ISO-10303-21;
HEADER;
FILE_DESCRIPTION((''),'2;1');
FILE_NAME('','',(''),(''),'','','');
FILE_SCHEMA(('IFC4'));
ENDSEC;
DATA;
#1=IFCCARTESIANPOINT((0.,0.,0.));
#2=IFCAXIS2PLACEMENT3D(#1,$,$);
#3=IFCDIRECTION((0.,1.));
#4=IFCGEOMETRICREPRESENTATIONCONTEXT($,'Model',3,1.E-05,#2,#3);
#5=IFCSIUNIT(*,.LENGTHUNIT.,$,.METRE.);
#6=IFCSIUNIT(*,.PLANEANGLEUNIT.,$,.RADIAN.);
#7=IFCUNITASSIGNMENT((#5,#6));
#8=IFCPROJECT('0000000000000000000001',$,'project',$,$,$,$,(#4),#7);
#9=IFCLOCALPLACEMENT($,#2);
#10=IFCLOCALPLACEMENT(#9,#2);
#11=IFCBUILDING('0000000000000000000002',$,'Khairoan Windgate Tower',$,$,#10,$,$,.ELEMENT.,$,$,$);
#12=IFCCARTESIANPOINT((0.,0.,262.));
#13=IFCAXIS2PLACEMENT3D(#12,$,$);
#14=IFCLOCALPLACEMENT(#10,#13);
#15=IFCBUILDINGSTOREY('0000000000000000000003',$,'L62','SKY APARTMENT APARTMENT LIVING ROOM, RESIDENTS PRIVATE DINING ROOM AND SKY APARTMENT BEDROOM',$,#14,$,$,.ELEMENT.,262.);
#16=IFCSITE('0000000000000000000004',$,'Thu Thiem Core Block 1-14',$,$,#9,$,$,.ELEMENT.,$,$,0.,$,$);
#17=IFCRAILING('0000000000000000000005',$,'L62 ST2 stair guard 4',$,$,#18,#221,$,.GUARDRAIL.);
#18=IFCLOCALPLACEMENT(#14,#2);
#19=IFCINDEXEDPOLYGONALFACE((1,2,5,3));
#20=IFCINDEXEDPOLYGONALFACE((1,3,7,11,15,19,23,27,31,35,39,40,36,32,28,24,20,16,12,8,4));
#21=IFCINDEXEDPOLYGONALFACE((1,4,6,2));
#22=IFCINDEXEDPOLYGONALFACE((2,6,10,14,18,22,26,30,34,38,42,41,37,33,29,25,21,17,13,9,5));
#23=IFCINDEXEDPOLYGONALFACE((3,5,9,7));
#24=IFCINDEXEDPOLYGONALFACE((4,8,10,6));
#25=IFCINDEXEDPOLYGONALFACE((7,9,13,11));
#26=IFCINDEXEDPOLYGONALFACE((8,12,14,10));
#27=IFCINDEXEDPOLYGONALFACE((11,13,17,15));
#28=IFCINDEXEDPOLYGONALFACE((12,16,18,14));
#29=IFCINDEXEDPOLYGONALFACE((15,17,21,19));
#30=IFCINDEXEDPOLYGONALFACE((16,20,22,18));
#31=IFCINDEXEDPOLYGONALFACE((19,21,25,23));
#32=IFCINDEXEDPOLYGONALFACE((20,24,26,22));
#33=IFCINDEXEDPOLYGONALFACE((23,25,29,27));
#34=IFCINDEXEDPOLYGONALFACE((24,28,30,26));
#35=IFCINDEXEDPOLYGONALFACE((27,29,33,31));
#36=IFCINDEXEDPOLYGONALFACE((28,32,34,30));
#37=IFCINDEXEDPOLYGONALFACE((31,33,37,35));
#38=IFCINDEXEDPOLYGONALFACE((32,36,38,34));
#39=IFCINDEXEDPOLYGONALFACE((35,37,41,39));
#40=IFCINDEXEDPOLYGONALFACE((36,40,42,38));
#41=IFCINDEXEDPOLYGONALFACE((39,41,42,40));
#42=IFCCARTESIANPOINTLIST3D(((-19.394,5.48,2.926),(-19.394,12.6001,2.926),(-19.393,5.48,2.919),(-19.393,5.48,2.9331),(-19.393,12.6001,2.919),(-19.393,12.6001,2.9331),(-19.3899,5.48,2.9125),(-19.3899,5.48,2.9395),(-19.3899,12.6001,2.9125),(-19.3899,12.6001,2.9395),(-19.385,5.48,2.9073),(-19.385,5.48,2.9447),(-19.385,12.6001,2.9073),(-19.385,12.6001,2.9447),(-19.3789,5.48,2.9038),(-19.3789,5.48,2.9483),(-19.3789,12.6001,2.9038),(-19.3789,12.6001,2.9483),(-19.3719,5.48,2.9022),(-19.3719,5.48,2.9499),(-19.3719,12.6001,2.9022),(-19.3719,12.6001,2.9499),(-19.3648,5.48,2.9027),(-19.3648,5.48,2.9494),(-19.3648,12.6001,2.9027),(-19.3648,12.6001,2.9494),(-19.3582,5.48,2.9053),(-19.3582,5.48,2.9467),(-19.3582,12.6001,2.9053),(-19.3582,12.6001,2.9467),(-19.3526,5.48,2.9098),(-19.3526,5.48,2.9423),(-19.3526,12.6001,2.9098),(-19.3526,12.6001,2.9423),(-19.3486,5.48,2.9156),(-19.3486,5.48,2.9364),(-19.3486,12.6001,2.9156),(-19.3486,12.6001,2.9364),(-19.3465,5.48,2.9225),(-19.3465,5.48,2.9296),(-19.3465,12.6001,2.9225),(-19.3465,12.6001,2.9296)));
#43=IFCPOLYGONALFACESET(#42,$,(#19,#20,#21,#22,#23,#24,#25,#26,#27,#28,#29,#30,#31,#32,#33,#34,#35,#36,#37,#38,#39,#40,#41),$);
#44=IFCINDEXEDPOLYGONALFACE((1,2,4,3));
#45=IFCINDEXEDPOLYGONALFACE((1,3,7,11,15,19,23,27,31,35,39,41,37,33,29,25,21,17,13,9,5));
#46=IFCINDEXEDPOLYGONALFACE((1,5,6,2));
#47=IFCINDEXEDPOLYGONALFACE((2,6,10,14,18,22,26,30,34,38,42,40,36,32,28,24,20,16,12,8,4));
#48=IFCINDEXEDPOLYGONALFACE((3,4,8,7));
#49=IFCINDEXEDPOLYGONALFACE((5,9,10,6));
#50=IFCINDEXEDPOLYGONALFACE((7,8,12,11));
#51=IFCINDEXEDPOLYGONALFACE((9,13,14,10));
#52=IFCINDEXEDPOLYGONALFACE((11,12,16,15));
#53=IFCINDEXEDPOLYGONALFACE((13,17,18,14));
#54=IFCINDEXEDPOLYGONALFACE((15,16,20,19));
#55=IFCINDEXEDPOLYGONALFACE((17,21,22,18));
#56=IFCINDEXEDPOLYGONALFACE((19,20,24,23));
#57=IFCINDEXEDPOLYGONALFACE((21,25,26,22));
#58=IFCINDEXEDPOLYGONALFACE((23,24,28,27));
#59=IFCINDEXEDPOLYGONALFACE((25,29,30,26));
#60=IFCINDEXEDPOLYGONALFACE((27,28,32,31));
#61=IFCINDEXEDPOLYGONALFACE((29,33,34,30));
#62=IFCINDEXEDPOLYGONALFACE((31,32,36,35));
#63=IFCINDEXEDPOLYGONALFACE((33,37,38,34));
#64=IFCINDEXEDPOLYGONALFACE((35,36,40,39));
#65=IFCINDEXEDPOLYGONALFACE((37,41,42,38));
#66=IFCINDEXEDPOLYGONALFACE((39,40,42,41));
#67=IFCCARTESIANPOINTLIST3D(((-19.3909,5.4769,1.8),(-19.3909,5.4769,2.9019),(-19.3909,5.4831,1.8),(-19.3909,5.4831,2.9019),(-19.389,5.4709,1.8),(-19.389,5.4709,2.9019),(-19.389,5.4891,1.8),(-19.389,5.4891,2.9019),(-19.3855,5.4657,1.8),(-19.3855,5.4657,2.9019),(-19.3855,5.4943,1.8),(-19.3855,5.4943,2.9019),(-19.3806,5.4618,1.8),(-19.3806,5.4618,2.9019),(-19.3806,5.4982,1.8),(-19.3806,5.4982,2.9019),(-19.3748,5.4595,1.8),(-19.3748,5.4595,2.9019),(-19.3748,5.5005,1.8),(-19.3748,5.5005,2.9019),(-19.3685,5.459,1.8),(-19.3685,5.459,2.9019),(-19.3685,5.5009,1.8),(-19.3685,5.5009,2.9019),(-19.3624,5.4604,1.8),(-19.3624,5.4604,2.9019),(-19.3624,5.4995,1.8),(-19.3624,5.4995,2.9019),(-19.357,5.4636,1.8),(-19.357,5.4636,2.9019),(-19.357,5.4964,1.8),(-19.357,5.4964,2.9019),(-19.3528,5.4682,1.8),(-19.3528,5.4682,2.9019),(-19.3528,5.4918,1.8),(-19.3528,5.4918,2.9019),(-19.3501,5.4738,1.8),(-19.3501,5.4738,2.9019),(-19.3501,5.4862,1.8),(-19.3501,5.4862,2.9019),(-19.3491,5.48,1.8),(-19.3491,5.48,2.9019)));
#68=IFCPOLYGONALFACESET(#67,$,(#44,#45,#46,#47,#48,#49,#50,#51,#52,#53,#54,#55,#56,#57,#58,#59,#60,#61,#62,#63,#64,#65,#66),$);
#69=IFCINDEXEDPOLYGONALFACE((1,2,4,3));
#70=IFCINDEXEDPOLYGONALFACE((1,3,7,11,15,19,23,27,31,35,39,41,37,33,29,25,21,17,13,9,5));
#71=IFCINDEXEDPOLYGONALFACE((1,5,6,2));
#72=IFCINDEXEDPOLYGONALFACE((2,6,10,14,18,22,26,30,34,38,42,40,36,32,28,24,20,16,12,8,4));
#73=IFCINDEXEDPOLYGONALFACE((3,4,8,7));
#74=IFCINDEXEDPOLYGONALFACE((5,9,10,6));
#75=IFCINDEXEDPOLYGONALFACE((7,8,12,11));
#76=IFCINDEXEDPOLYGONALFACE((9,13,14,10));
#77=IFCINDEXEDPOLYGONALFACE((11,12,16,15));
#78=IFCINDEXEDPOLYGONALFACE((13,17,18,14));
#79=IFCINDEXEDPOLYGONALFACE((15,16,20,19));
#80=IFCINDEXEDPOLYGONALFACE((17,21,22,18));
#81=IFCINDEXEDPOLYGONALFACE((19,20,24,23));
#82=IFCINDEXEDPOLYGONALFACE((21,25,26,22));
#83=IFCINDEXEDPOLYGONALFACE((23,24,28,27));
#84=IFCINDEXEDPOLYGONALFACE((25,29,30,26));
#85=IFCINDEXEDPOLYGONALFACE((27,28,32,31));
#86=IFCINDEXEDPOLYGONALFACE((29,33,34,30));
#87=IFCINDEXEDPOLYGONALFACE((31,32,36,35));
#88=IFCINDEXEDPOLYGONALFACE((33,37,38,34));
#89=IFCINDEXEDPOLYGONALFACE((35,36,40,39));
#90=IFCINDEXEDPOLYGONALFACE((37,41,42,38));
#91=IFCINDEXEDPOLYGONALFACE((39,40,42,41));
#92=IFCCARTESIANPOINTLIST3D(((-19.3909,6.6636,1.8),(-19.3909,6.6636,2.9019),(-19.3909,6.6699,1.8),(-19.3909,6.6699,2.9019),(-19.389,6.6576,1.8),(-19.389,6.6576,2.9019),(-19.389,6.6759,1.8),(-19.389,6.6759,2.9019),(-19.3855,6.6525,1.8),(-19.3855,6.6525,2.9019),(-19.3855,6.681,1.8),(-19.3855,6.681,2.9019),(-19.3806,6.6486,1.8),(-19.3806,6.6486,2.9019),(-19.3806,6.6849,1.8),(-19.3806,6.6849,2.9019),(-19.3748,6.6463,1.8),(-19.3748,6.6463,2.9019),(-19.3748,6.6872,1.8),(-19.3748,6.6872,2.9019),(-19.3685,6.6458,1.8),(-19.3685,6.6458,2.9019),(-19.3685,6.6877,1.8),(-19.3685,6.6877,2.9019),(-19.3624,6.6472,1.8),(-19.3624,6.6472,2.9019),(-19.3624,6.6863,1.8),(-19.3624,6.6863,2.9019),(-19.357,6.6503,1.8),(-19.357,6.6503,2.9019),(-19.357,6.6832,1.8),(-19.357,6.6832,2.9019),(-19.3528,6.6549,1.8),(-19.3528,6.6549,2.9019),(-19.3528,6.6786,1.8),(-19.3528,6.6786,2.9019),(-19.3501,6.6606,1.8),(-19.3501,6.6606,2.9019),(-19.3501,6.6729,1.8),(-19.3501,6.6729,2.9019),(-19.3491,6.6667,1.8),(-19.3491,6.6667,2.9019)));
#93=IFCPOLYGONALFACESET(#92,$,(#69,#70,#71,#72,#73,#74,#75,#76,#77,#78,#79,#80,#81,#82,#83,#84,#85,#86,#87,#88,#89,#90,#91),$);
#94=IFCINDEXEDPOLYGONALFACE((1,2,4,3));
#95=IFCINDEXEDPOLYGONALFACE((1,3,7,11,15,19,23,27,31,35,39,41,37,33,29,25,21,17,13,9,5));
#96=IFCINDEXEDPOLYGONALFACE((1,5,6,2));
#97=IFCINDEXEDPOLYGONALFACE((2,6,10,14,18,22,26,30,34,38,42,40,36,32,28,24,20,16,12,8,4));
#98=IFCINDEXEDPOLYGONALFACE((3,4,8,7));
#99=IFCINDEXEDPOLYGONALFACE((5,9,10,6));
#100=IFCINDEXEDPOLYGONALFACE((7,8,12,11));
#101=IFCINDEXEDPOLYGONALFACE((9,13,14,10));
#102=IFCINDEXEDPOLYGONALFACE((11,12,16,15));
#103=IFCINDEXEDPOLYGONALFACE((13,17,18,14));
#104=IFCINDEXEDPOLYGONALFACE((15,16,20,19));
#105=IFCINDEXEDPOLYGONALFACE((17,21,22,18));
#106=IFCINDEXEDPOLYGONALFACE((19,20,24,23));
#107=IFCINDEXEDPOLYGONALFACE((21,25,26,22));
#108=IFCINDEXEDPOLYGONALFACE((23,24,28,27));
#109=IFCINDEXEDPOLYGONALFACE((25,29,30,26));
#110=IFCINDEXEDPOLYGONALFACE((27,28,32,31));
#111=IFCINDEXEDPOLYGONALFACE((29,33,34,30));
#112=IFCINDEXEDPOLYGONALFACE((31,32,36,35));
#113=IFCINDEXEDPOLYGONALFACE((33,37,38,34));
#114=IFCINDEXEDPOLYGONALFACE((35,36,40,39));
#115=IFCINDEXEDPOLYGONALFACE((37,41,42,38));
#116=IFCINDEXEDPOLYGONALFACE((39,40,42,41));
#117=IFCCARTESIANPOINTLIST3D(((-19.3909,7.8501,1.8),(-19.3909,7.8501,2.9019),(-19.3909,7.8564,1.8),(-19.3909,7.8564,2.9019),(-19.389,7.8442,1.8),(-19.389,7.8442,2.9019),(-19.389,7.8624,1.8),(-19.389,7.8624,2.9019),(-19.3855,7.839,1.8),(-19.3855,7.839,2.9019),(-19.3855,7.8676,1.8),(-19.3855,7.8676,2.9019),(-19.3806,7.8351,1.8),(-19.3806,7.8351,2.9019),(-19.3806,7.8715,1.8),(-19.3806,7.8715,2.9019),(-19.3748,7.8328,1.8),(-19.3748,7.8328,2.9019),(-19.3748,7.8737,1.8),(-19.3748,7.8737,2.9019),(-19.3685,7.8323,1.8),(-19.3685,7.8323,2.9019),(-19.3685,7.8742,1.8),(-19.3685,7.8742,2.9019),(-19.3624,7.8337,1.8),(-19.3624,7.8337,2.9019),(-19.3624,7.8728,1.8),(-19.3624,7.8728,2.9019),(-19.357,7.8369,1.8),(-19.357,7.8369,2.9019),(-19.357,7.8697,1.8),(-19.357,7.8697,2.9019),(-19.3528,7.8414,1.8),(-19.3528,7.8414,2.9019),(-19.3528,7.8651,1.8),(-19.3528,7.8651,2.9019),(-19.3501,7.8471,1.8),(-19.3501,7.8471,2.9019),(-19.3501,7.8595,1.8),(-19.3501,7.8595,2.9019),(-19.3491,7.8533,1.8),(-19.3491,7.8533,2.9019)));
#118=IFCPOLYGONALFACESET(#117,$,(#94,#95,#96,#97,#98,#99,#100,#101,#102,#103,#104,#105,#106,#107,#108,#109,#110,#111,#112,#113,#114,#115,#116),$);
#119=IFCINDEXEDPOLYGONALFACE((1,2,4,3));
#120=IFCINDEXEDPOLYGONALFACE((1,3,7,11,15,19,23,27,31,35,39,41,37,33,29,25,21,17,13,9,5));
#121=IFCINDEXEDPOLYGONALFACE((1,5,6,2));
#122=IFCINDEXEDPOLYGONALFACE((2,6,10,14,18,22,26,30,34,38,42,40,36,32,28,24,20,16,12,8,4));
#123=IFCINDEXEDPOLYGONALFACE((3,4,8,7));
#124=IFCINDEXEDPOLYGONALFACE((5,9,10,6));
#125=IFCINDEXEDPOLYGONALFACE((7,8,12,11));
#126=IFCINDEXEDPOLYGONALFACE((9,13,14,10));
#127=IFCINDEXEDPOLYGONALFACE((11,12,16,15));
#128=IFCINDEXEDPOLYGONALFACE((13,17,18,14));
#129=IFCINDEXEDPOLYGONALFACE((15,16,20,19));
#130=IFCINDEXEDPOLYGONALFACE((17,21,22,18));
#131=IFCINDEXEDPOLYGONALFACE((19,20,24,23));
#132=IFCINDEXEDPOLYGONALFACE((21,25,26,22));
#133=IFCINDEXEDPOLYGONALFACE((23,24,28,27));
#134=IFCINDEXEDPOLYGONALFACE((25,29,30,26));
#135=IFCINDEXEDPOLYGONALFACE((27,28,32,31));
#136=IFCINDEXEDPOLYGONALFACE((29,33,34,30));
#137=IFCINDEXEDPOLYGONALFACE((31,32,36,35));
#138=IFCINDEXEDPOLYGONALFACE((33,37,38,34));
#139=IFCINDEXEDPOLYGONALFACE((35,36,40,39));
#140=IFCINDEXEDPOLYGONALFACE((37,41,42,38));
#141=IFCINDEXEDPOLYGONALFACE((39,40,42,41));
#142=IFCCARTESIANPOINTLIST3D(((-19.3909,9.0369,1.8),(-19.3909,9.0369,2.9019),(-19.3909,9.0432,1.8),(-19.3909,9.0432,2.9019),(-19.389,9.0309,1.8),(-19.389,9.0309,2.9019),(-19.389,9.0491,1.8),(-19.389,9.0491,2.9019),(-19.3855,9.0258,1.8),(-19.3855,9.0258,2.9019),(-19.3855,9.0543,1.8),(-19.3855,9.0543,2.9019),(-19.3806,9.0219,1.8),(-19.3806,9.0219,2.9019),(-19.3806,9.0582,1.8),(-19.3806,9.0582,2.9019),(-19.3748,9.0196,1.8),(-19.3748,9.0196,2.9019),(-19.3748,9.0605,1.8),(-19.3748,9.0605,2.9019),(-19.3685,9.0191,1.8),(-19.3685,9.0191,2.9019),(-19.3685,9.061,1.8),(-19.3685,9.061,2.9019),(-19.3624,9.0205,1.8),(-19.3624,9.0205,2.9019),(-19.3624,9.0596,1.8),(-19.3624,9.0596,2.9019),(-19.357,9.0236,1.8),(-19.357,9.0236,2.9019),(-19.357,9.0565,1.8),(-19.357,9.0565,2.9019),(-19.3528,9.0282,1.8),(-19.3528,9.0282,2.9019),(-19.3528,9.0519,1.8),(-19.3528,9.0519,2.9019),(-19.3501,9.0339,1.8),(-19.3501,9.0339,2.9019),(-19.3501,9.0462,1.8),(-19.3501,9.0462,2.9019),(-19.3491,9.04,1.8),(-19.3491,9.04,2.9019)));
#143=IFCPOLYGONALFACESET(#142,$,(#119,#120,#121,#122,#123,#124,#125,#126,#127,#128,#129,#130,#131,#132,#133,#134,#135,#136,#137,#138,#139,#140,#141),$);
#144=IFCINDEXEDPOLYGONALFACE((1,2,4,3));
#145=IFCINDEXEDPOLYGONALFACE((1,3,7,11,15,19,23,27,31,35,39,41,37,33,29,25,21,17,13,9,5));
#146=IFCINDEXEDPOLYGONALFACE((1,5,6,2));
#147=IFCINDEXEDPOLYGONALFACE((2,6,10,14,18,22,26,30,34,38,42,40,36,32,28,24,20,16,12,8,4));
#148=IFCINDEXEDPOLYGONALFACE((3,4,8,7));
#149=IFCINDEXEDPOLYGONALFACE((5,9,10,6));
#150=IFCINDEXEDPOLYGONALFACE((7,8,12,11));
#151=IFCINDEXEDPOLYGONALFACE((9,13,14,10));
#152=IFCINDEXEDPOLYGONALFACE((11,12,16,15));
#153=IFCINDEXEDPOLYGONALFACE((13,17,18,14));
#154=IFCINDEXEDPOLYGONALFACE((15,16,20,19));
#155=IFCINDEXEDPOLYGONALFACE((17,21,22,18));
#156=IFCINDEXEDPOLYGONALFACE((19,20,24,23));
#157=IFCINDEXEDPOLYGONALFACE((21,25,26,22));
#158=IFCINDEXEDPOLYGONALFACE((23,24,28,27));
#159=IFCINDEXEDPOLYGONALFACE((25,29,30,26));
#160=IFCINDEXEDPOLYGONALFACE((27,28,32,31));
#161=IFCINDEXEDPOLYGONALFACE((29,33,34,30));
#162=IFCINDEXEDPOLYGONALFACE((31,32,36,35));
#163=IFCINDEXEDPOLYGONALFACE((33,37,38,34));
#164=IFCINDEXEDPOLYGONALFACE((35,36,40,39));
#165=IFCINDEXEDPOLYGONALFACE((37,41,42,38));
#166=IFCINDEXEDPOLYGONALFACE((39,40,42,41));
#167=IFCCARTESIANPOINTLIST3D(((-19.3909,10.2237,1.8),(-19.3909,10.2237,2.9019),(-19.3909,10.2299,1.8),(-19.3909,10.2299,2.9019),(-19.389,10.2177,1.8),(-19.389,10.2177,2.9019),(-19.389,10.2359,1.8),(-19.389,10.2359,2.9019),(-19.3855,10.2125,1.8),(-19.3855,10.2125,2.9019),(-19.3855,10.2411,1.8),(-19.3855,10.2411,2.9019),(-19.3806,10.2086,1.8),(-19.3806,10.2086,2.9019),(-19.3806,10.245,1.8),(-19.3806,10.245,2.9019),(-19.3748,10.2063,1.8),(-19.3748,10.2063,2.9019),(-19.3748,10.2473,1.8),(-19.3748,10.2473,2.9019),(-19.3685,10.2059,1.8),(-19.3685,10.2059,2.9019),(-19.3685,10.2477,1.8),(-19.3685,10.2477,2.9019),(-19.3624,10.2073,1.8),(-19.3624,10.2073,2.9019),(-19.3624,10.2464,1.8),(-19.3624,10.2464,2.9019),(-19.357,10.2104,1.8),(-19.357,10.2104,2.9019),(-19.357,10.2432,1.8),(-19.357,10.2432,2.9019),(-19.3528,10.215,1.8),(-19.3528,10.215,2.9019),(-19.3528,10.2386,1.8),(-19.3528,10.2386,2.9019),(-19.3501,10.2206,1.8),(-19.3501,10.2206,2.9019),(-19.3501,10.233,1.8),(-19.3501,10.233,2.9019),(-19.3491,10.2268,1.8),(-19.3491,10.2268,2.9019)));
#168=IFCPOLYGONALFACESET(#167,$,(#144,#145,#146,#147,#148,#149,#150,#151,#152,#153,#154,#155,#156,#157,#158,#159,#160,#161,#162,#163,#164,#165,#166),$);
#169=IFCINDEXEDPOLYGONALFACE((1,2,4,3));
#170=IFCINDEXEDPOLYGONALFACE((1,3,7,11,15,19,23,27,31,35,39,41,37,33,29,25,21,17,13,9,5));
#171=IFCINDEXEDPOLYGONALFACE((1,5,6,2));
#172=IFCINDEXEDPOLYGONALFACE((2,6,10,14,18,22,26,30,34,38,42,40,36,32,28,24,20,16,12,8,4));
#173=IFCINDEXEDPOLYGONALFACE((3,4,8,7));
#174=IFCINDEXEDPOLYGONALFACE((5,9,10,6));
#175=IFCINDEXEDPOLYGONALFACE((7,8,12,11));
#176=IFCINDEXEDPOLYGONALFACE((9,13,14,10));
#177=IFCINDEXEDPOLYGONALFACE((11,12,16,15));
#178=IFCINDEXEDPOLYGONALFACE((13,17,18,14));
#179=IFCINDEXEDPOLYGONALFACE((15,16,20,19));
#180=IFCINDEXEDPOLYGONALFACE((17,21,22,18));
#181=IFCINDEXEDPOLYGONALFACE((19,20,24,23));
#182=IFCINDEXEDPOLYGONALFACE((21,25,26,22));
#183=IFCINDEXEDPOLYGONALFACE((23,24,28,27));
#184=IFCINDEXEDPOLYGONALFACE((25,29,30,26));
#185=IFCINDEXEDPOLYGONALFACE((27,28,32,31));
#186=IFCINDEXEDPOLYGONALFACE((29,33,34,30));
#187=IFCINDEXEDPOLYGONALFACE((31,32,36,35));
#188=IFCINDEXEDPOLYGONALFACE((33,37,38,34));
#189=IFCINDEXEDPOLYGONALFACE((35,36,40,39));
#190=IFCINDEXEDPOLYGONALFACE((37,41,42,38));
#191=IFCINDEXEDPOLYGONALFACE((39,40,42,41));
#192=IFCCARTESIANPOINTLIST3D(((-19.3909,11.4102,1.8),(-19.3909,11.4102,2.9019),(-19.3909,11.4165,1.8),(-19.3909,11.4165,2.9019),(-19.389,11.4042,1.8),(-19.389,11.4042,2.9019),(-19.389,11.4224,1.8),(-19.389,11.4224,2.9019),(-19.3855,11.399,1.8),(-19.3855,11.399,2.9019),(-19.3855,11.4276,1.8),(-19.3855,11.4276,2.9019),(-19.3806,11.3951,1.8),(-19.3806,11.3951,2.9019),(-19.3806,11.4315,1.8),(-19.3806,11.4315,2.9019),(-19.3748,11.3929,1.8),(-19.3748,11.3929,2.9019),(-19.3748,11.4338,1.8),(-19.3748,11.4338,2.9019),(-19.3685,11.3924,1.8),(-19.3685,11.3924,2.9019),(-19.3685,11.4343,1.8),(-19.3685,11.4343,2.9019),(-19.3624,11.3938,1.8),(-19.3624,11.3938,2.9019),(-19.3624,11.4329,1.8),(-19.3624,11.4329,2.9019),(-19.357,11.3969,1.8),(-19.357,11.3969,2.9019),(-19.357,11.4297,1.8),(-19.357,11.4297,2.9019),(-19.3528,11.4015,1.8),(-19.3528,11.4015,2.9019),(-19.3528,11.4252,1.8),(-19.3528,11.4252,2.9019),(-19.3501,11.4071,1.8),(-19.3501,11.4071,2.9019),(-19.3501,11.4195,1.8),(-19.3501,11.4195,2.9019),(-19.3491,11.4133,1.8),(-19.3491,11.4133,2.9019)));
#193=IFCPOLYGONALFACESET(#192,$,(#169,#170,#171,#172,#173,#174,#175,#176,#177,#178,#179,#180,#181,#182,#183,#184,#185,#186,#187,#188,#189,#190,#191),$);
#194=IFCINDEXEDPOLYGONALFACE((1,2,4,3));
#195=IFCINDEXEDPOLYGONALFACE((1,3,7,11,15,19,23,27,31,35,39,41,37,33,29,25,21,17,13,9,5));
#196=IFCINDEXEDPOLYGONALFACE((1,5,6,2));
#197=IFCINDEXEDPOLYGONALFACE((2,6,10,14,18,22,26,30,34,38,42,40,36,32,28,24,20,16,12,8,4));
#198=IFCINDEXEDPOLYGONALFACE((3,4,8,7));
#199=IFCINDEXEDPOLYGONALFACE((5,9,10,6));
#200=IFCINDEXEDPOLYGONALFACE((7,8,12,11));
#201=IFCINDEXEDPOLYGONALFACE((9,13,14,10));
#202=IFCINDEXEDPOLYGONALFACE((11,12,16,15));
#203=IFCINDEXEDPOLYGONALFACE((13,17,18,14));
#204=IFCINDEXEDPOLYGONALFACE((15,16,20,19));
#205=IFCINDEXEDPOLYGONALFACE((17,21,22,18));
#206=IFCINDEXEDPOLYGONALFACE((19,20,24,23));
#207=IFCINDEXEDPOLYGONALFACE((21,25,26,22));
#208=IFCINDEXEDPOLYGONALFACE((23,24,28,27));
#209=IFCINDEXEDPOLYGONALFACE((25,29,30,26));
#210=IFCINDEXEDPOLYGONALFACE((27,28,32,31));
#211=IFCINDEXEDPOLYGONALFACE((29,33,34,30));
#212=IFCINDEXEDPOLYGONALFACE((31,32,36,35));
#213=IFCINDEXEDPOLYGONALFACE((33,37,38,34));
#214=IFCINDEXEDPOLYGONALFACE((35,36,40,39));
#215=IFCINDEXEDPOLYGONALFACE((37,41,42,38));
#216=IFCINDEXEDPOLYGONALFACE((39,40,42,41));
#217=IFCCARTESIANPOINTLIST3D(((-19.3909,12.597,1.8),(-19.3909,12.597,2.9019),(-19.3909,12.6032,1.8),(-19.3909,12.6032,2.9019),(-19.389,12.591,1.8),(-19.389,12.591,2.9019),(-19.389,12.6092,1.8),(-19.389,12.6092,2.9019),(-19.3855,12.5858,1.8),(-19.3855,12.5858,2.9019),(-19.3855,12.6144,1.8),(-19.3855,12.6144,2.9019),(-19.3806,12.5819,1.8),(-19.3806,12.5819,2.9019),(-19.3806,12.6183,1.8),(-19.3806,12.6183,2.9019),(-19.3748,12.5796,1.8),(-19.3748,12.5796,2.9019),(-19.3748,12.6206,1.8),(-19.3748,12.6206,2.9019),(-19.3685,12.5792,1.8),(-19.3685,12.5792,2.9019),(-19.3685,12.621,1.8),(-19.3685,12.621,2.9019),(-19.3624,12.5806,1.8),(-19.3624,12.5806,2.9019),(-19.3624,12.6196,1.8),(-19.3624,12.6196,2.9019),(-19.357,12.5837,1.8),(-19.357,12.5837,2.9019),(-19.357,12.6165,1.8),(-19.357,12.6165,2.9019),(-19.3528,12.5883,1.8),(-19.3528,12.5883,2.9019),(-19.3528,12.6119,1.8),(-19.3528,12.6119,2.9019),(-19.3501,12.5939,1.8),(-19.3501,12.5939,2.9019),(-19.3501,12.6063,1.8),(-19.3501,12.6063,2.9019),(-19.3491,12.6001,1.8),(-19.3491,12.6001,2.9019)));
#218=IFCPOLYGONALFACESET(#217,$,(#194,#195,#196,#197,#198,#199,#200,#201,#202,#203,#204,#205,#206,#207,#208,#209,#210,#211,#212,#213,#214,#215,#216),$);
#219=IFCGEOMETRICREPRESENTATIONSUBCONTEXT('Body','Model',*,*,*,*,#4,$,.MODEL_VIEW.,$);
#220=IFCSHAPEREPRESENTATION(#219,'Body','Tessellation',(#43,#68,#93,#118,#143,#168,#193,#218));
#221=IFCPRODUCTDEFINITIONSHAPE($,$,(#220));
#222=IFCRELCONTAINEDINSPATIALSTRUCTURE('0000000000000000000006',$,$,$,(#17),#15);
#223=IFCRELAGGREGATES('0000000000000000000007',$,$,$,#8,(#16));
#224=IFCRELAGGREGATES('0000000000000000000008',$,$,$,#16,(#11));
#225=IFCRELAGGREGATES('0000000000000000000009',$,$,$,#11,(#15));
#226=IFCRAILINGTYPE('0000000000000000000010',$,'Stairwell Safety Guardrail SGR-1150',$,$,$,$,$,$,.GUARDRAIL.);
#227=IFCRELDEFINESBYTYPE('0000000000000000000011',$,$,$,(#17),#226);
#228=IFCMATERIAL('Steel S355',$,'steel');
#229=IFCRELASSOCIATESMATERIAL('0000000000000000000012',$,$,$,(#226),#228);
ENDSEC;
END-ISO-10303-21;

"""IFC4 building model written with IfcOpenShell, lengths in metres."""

from ifc_helpers import new_model, si_unit, direction, frame, origin, origin_2d, place, context, subcontext, project, spatial, circle, extrude, material, type_object, element, save


model = new_model("IFC4")

# Units and contexts
model_context = context("Model", 3, precision=1e-05, world=origin(), true_north=direction((0.0, 1.0)))
body_context = subcontext(model_context, "Body", "Model", "MODEL_VIEW")
ifc_project = project(units=[si_unit("LENGTHUNIT", "METRE"), si_unit("PLANEANGLEUNIT", "RADIAN")], contexts=[model_context])

# Site, building, storey
site_placement = place(None, origin())
site = spatial("IfcSite", under=ifc_project, at=site_placement, Name="Thu Thiem Core Block 1-14", CompositionType="ELEMENT", RefElevation=0.0)
building_placement = place(site_placement, origin())
building = spatial("IfcBuilding", under=site, at=building_placement, Name="Khairoan Windgate Tower", CompositionType="ELEMENT")
storey_placement = place(building_placement, frame((0.0, 0.0, 262.0)))
storey = spatial("IfcBuildingStorey", under=building, at=storey_placement, Name="L62", Description="SKY APARTMENT APARTMENT LIVING ROOM, RESIDENTS PRIVATE DINING ROOM AND SKY APARTMENT BEDROOM", CompositionType="ELEMENT", Elevation=262.0)

# Railing
ifc_material_1 = material(Name="Steel S355", Category="steel")
railing_type_1 = type_object("IfcRailingType", Name="Stairwell Safety Guardrail SGR-1150", PredefinedType="GUARDRAIL", material=ifc_material_1)
railing_1_placement = place(storey_placement, frame((-19.3701, 5.48, 1.8)))
element("IfcRailing", 1, at=railing_1_placement, inside=storey, type_object=railing_type_1, Name="L62 ST2 stair guard 4", PredefinedType="GUARDRAIL", context=body_context, shape_type="SweptSolid", body=[
    extrude(circle(Radius=0.0239, at=origin_2d()), frame((0.0, 0.0, 1.126), z_axis=(0.0, 1.0, 0.0), x_axis=(-1.0, 0.0, 0.0)), (0.0, 0.0, 1.0), 7.1201),
    extrude(circle(Radius=0.021, at=origin_2d()), origin(), (0.0, 0.0, 1.0), 1.1018),
    extrude(circle(Radius=0.021, at=origin_2d()), frame((0.0, 1.1868, 0.0)), (0.0, 0.0, 1.0), 1.1018),
    extrude(circle(Radius=0.021, at=origin_2d()), frame((0.0, 2.3733, 0.0)), (0.0, 0.0, 1.0), 1.1018),
    extrude(circle(Radius=0.021, at=origin_2d()), frame((0.0, 3.5601, 0.0)), (0.0, 0.0, 1.0), 1.1018),
    extrude(circle(Radius=0.021, at=origin_2d()), frame((0.0, 4.7468, 0.0)), (0.0, 0.0, 1.0), 1.1018),
    extrude(circle(Radius=0.021, at=origin_2d()), frame((0.0, 5.9333, 0.0)), (0.0, 0.0, 1.0), 1.1018),
    extrude(circle(Radius=0.021, at=origin_2d()), frame((0.0, 7.1201, 0.0)), (0.0, 0.0, 1.0), 1.1018),
])

save(model, "model.ifc")
